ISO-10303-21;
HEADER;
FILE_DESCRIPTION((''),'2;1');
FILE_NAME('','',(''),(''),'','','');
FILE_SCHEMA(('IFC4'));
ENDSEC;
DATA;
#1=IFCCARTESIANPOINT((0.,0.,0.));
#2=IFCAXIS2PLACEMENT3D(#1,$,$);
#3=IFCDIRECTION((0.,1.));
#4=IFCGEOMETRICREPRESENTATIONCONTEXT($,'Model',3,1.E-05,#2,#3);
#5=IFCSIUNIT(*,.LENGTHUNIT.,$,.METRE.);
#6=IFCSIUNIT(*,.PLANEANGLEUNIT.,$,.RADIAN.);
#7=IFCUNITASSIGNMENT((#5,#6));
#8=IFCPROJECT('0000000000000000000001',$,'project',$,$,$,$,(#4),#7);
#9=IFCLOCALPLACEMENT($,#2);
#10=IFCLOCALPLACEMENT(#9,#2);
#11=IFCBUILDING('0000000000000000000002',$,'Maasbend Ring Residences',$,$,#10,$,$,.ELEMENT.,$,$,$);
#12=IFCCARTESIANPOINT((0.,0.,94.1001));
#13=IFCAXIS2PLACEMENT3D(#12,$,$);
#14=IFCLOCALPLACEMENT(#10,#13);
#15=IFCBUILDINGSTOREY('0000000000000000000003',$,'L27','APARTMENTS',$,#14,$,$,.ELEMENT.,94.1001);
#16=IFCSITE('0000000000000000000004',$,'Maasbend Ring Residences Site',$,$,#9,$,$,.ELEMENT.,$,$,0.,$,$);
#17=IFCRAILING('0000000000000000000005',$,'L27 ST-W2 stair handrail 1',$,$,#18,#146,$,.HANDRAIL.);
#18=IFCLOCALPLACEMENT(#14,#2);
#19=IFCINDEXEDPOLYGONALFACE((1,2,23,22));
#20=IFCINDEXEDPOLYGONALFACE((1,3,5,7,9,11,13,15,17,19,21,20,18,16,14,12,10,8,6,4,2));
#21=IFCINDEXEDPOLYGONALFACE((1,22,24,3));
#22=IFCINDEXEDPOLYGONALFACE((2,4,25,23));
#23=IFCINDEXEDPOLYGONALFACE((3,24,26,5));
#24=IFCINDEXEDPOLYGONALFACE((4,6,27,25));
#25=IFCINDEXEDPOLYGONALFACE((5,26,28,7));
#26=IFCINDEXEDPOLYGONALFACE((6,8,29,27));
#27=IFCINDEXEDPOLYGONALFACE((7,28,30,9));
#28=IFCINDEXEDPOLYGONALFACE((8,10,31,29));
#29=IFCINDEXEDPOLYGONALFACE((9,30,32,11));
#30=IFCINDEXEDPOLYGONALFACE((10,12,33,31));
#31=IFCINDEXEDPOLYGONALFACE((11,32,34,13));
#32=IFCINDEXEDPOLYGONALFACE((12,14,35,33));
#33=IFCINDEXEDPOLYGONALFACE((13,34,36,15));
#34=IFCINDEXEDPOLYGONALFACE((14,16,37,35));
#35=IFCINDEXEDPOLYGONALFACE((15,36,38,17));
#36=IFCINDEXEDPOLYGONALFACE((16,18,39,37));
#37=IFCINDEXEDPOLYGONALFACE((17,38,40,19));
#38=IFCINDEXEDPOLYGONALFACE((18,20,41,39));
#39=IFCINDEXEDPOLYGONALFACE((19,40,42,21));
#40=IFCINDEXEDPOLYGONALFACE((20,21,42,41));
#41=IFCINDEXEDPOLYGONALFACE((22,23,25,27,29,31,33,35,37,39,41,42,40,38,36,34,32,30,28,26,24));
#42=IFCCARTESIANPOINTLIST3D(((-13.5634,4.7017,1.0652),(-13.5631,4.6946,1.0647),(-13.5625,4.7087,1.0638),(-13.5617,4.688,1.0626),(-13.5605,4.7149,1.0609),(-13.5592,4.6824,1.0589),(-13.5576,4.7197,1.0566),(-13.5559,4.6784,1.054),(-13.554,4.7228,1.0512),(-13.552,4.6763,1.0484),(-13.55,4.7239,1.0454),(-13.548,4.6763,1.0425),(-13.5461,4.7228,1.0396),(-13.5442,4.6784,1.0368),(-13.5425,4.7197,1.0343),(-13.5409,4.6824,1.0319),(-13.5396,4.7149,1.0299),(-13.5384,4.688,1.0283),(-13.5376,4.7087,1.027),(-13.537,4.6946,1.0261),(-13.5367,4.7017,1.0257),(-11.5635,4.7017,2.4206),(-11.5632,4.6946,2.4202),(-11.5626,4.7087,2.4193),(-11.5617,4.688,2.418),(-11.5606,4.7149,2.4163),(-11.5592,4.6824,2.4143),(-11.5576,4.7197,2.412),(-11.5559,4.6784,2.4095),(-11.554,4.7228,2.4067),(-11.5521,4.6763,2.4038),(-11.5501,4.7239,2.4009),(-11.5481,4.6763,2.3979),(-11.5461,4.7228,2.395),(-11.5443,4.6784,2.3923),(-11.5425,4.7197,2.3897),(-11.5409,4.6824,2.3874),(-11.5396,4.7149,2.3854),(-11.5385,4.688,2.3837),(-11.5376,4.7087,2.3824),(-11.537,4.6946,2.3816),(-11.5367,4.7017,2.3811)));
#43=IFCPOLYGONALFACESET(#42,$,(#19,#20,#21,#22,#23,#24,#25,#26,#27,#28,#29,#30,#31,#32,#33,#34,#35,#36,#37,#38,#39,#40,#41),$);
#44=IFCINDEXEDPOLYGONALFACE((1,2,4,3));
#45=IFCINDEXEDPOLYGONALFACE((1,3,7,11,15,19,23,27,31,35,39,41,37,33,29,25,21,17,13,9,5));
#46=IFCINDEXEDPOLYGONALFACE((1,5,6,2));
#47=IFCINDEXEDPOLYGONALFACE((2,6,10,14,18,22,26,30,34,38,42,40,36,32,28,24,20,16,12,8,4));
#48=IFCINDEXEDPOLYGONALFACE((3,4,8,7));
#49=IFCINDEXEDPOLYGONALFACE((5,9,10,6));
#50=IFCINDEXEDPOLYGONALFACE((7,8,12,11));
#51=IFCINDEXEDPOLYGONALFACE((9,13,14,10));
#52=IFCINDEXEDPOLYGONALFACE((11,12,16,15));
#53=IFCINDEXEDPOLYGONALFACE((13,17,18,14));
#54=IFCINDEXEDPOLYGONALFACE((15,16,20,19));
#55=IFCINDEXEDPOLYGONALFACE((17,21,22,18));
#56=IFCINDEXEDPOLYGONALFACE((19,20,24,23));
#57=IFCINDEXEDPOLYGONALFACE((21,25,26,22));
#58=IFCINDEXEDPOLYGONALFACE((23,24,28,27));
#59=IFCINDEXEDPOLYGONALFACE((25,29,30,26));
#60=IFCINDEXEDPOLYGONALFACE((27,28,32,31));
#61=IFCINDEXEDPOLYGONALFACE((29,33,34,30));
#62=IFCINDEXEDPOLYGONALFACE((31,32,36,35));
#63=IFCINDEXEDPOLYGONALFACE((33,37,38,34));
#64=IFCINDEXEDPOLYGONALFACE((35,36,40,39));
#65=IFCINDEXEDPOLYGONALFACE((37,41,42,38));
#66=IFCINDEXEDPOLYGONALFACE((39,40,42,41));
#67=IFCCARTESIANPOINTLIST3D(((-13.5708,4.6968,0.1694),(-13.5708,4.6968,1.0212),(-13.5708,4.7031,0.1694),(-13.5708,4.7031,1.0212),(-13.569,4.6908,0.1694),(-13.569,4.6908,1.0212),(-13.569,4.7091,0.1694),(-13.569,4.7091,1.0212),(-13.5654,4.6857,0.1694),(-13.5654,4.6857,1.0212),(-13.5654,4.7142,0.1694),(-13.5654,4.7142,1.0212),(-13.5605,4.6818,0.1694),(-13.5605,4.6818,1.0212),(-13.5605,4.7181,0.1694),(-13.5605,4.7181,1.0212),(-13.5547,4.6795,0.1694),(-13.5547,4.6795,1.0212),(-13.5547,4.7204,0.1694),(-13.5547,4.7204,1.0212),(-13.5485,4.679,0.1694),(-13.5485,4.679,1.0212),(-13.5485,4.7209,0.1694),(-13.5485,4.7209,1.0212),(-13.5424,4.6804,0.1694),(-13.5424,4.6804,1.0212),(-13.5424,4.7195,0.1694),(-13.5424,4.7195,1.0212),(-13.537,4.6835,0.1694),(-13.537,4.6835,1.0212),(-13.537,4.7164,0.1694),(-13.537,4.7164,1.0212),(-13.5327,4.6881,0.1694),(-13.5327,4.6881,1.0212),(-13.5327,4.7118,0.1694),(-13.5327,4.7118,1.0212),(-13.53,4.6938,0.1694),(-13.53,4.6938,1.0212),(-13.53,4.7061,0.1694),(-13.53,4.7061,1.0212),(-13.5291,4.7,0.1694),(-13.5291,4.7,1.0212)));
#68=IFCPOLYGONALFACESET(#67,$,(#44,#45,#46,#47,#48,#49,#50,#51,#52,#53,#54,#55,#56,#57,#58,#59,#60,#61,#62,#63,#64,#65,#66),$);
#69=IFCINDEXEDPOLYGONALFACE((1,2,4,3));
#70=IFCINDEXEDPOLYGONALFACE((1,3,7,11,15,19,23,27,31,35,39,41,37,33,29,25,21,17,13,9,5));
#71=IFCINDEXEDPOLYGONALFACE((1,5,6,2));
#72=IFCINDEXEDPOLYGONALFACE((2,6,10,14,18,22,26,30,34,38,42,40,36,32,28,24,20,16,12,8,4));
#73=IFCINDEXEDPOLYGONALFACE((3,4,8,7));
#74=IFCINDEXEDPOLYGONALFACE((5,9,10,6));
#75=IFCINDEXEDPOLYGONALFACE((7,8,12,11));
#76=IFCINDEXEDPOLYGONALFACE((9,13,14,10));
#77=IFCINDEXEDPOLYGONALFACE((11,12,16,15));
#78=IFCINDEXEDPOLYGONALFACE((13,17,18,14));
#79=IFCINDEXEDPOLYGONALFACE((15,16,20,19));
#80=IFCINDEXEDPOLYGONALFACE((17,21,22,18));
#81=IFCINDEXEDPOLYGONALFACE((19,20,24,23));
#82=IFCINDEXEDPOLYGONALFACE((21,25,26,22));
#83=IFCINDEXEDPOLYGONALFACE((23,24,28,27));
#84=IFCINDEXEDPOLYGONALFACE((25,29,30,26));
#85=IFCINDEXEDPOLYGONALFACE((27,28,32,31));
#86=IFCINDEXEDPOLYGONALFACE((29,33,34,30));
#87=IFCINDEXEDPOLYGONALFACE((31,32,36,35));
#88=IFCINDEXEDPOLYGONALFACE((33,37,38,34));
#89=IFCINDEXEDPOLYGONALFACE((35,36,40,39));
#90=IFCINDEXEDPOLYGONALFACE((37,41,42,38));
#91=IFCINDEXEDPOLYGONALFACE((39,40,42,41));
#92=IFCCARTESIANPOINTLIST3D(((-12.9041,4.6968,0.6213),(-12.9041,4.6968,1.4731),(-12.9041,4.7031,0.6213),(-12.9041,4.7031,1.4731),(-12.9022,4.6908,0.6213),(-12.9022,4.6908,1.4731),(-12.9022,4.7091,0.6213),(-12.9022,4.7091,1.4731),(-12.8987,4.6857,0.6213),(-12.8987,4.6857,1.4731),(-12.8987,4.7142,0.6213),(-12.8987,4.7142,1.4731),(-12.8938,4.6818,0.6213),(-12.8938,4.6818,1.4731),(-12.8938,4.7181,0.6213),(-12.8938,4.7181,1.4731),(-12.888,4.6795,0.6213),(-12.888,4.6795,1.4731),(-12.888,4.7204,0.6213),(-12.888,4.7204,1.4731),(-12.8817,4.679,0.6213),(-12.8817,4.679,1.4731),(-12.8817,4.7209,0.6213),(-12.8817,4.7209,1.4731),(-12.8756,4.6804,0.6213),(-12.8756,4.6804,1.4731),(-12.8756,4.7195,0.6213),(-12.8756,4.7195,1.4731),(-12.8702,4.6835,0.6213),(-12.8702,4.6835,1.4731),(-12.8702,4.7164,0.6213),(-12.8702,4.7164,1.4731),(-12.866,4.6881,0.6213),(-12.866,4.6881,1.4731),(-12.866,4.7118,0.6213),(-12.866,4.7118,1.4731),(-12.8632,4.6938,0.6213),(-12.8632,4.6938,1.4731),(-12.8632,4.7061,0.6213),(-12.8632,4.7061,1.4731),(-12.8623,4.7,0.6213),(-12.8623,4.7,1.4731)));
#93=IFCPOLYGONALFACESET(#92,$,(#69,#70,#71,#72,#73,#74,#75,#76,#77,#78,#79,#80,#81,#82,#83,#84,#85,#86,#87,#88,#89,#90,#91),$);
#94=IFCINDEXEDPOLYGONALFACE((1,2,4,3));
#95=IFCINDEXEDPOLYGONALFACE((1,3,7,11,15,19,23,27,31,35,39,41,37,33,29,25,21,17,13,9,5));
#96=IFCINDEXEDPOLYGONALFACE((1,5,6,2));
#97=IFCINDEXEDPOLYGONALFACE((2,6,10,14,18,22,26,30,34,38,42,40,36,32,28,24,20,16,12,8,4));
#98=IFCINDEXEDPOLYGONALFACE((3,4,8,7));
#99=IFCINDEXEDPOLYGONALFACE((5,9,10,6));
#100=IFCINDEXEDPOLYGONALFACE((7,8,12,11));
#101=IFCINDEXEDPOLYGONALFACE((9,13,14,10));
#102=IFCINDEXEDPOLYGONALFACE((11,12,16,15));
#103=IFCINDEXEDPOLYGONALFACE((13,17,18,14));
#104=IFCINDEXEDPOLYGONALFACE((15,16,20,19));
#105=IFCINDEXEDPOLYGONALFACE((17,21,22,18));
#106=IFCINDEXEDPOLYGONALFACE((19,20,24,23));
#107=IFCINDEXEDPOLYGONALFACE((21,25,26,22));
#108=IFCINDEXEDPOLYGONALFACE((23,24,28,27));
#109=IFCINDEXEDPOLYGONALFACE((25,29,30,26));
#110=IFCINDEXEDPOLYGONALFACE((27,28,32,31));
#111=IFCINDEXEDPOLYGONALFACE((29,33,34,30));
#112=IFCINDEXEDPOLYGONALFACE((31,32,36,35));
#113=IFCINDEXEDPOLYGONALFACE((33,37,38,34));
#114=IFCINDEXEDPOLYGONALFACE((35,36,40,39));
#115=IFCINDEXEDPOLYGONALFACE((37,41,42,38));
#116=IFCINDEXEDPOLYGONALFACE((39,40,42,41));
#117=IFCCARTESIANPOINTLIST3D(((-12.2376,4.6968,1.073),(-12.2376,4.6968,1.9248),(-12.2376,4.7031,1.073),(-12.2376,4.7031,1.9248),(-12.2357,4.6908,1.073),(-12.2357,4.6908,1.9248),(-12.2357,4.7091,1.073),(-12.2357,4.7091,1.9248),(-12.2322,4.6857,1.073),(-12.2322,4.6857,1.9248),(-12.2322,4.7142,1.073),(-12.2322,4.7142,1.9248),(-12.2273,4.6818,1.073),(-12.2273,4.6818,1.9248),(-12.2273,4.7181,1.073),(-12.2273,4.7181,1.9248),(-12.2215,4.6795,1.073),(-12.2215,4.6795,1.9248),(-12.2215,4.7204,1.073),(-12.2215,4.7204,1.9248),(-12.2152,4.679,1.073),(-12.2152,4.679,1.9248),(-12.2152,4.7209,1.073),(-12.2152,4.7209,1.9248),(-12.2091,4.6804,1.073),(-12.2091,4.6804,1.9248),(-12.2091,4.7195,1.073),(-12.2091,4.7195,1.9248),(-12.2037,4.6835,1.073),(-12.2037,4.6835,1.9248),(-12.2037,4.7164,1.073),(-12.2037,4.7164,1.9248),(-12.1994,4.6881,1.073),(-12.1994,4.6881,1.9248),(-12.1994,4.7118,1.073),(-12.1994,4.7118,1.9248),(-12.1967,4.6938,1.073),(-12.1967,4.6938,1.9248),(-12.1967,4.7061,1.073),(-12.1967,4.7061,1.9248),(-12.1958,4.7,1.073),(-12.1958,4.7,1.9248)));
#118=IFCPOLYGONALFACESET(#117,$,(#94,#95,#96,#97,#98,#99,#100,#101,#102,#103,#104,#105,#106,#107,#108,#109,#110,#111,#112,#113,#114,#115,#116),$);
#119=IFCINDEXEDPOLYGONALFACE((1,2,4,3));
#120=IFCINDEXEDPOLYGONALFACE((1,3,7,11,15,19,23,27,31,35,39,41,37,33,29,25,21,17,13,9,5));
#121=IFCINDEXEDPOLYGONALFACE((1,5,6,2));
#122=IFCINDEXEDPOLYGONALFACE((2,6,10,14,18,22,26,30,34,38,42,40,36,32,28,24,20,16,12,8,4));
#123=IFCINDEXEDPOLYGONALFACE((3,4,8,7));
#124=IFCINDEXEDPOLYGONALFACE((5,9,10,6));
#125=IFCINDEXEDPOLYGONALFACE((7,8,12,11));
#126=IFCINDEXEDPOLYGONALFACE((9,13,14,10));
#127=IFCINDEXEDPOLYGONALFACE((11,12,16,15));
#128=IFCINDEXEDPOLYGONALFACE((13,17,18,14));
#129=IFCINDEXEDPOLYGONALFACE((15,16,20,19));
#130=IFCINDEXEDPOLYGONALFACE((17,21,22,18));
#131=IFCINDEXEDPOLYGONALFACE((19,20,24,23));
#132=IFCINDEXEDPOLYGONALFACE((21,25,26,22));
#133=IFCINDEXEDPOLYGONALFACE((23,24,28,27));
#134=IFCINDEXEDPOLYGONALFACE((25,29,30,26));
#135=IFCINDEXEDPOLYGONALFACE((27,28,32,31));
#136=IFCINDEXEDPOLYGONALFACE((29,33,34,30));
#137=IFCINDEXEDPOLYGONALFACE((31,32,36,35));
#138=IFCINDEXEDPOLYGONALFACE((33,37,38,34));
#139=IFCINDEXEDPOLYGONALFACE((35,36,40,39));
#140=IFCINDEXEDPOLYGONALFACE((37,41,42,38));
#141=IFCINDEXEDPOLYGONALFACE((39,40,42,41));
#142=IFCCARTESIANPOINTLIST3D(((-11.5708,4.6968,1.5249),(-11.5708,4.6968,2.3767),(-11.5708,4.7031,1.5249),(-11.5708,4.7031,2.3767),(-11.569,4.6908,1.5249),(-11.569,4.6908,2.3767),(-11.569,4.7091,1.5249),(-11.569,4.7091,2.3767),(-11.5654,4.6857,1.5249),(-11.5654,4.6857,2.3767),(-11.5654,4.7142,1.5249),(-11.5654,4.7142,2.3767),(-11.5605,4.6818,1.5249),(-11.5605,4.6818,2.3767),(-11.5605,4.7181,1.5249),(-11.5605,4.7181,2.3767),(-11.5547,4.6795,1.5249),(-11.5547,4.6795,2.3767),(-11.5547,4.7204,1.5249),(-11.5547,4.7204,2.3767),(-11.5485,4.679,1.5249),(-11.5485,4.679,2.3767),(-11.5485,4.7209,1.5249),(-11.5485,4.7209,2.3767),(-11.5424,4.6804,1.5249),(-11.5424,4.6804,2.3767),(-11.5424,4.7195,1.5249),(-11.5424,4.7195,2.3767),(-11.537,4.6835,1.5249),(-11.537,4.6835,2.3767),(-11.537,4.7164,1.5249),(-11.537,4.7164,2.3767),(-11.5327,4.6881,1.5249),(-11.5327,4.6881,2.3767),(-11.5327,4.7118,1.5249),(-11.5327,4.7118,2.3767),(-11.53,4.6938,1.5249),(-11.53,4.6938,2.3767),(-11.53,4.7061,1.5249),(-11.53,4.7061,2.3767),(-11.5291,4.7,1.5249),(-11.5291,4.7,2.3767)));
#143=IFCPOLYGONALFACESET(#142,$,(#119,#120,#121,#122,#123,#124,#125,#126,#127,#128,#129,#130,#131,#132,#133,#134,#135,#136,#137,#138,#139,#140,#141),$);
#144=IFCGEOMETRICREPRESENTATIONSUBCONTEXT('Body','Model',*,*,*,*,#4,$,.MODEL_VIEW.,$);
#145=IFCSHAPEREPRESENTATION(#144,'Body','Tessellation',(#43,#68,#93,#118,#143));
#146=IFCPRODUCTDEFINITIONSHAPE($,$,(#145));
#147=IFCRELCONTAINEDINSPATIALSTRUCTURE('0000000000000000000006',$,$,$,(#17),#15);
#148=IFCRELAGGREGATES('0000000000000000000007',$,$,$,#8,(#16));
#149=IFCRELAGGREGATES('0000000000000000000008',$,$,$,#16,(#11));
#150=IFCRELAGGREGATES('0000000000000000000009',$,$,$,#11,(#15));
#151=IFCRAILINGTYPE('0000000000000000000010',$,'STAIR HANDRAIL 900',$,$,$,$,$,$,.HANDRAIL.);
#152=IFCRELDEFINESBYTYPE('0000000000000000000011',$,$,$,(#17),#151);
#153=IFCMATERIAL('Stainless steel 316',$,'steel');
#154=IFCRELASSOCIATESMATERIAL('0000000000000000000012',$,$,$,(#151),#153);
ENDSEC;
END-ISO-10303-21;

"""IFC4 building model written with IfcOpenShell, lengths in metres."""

from ifc_helpers import new_model, si_unit, direction, frame, origin, origin_2d, place, context, subcontext, project, spatial, circle, extrude, material, type_object, element, save


model = new_model("IFC4")

# Units and contexts
model_context = context("Model", 3, precision=1e-05, world=origin(), true_north=direction((0.0, 1.0)))
body_context = subcontext(model_context, "Body", "Model", "MODEL_VIEW")
ifc_project = project(units=[si_unit("LENGTHUNIT", "METRE"), si_unit("PLANEANGLEUNIT", "RADIAN")], contexts=[model_context])

# Site, building, storey
site_placement = place(None, origin())
site = spatial("IfcSite", under=ifc_project, at=site_placement, Name="Maasbend Ring Residences Site", CompositionType="ELEMENT", RefElevation=0.0)
building_placement = place(site_placement, origin())
building = spatial("IfcBuilding", under=site, at=building_placement, Name="Maasbend Ring Residences", CompositionType="ELEMENT")
storey_placement = place(building_placement, frame((0.0, 0.0, 94.1001)))
storey = spatial("IfcBuildingStorey", under=building, at=storey_placement, Name="L27", Description="APARTMENTS", CompositionType="ELEMENT", Elevation=94.1001)

# Railing
ifc_material_1 = material(Name="Stainless steel 316", Category="steel")
railing_type_1 = type_object("IfcRailingType", Name="STAIR HANDRAIL 900", PredefinedType="HANDRAIL", material=ifc_material_1)
railing_1_placement = place(storey_placement, frame((-13.55, 4.7, 0.1694)))
element("IfcRailing", 1, at=railing_1_placement, inside=storey, type_object=railing_type_1, Name="L27 ST-W2 stair handrail 1", PredefinedType="HANDRAIL", context=body_context, shape_type="SweptSolid", body=[
    extrude(circle(Radius=0.0239, at=origin_2d()), frame((0.0, 0.0, 0.876), z_axis=(0.827798, 0.0, 0.561027), x_axis=(0.0, 1.0, 0.0)), (0.0, 0.0, 1.0), 2.416),
    extrude(circle(Radius=0.021, at=origin_2d()), origin(), (0.0, 0.0, 1.0), 0.8518),
    extrude(circle(Radius=0.021, at=origin_2d()), frame((0.6667, 0.0, 0.4519)), (0.0, 0.0, 1.0), 0.8518),
    extrude(circle(Radius=0.021, at=origin_2d()), frame((1.3333, 0.0, 0.9036)), (0.0, 0.0, 1.0), 0.8518),
    extrude(circle(Radius=0.021, at=origin_2d()), frame((2.0, 0.0, 1.3555)), (0.0, 0.0, 1.0), 0.8518),
])

save(model, "model.ifc")
